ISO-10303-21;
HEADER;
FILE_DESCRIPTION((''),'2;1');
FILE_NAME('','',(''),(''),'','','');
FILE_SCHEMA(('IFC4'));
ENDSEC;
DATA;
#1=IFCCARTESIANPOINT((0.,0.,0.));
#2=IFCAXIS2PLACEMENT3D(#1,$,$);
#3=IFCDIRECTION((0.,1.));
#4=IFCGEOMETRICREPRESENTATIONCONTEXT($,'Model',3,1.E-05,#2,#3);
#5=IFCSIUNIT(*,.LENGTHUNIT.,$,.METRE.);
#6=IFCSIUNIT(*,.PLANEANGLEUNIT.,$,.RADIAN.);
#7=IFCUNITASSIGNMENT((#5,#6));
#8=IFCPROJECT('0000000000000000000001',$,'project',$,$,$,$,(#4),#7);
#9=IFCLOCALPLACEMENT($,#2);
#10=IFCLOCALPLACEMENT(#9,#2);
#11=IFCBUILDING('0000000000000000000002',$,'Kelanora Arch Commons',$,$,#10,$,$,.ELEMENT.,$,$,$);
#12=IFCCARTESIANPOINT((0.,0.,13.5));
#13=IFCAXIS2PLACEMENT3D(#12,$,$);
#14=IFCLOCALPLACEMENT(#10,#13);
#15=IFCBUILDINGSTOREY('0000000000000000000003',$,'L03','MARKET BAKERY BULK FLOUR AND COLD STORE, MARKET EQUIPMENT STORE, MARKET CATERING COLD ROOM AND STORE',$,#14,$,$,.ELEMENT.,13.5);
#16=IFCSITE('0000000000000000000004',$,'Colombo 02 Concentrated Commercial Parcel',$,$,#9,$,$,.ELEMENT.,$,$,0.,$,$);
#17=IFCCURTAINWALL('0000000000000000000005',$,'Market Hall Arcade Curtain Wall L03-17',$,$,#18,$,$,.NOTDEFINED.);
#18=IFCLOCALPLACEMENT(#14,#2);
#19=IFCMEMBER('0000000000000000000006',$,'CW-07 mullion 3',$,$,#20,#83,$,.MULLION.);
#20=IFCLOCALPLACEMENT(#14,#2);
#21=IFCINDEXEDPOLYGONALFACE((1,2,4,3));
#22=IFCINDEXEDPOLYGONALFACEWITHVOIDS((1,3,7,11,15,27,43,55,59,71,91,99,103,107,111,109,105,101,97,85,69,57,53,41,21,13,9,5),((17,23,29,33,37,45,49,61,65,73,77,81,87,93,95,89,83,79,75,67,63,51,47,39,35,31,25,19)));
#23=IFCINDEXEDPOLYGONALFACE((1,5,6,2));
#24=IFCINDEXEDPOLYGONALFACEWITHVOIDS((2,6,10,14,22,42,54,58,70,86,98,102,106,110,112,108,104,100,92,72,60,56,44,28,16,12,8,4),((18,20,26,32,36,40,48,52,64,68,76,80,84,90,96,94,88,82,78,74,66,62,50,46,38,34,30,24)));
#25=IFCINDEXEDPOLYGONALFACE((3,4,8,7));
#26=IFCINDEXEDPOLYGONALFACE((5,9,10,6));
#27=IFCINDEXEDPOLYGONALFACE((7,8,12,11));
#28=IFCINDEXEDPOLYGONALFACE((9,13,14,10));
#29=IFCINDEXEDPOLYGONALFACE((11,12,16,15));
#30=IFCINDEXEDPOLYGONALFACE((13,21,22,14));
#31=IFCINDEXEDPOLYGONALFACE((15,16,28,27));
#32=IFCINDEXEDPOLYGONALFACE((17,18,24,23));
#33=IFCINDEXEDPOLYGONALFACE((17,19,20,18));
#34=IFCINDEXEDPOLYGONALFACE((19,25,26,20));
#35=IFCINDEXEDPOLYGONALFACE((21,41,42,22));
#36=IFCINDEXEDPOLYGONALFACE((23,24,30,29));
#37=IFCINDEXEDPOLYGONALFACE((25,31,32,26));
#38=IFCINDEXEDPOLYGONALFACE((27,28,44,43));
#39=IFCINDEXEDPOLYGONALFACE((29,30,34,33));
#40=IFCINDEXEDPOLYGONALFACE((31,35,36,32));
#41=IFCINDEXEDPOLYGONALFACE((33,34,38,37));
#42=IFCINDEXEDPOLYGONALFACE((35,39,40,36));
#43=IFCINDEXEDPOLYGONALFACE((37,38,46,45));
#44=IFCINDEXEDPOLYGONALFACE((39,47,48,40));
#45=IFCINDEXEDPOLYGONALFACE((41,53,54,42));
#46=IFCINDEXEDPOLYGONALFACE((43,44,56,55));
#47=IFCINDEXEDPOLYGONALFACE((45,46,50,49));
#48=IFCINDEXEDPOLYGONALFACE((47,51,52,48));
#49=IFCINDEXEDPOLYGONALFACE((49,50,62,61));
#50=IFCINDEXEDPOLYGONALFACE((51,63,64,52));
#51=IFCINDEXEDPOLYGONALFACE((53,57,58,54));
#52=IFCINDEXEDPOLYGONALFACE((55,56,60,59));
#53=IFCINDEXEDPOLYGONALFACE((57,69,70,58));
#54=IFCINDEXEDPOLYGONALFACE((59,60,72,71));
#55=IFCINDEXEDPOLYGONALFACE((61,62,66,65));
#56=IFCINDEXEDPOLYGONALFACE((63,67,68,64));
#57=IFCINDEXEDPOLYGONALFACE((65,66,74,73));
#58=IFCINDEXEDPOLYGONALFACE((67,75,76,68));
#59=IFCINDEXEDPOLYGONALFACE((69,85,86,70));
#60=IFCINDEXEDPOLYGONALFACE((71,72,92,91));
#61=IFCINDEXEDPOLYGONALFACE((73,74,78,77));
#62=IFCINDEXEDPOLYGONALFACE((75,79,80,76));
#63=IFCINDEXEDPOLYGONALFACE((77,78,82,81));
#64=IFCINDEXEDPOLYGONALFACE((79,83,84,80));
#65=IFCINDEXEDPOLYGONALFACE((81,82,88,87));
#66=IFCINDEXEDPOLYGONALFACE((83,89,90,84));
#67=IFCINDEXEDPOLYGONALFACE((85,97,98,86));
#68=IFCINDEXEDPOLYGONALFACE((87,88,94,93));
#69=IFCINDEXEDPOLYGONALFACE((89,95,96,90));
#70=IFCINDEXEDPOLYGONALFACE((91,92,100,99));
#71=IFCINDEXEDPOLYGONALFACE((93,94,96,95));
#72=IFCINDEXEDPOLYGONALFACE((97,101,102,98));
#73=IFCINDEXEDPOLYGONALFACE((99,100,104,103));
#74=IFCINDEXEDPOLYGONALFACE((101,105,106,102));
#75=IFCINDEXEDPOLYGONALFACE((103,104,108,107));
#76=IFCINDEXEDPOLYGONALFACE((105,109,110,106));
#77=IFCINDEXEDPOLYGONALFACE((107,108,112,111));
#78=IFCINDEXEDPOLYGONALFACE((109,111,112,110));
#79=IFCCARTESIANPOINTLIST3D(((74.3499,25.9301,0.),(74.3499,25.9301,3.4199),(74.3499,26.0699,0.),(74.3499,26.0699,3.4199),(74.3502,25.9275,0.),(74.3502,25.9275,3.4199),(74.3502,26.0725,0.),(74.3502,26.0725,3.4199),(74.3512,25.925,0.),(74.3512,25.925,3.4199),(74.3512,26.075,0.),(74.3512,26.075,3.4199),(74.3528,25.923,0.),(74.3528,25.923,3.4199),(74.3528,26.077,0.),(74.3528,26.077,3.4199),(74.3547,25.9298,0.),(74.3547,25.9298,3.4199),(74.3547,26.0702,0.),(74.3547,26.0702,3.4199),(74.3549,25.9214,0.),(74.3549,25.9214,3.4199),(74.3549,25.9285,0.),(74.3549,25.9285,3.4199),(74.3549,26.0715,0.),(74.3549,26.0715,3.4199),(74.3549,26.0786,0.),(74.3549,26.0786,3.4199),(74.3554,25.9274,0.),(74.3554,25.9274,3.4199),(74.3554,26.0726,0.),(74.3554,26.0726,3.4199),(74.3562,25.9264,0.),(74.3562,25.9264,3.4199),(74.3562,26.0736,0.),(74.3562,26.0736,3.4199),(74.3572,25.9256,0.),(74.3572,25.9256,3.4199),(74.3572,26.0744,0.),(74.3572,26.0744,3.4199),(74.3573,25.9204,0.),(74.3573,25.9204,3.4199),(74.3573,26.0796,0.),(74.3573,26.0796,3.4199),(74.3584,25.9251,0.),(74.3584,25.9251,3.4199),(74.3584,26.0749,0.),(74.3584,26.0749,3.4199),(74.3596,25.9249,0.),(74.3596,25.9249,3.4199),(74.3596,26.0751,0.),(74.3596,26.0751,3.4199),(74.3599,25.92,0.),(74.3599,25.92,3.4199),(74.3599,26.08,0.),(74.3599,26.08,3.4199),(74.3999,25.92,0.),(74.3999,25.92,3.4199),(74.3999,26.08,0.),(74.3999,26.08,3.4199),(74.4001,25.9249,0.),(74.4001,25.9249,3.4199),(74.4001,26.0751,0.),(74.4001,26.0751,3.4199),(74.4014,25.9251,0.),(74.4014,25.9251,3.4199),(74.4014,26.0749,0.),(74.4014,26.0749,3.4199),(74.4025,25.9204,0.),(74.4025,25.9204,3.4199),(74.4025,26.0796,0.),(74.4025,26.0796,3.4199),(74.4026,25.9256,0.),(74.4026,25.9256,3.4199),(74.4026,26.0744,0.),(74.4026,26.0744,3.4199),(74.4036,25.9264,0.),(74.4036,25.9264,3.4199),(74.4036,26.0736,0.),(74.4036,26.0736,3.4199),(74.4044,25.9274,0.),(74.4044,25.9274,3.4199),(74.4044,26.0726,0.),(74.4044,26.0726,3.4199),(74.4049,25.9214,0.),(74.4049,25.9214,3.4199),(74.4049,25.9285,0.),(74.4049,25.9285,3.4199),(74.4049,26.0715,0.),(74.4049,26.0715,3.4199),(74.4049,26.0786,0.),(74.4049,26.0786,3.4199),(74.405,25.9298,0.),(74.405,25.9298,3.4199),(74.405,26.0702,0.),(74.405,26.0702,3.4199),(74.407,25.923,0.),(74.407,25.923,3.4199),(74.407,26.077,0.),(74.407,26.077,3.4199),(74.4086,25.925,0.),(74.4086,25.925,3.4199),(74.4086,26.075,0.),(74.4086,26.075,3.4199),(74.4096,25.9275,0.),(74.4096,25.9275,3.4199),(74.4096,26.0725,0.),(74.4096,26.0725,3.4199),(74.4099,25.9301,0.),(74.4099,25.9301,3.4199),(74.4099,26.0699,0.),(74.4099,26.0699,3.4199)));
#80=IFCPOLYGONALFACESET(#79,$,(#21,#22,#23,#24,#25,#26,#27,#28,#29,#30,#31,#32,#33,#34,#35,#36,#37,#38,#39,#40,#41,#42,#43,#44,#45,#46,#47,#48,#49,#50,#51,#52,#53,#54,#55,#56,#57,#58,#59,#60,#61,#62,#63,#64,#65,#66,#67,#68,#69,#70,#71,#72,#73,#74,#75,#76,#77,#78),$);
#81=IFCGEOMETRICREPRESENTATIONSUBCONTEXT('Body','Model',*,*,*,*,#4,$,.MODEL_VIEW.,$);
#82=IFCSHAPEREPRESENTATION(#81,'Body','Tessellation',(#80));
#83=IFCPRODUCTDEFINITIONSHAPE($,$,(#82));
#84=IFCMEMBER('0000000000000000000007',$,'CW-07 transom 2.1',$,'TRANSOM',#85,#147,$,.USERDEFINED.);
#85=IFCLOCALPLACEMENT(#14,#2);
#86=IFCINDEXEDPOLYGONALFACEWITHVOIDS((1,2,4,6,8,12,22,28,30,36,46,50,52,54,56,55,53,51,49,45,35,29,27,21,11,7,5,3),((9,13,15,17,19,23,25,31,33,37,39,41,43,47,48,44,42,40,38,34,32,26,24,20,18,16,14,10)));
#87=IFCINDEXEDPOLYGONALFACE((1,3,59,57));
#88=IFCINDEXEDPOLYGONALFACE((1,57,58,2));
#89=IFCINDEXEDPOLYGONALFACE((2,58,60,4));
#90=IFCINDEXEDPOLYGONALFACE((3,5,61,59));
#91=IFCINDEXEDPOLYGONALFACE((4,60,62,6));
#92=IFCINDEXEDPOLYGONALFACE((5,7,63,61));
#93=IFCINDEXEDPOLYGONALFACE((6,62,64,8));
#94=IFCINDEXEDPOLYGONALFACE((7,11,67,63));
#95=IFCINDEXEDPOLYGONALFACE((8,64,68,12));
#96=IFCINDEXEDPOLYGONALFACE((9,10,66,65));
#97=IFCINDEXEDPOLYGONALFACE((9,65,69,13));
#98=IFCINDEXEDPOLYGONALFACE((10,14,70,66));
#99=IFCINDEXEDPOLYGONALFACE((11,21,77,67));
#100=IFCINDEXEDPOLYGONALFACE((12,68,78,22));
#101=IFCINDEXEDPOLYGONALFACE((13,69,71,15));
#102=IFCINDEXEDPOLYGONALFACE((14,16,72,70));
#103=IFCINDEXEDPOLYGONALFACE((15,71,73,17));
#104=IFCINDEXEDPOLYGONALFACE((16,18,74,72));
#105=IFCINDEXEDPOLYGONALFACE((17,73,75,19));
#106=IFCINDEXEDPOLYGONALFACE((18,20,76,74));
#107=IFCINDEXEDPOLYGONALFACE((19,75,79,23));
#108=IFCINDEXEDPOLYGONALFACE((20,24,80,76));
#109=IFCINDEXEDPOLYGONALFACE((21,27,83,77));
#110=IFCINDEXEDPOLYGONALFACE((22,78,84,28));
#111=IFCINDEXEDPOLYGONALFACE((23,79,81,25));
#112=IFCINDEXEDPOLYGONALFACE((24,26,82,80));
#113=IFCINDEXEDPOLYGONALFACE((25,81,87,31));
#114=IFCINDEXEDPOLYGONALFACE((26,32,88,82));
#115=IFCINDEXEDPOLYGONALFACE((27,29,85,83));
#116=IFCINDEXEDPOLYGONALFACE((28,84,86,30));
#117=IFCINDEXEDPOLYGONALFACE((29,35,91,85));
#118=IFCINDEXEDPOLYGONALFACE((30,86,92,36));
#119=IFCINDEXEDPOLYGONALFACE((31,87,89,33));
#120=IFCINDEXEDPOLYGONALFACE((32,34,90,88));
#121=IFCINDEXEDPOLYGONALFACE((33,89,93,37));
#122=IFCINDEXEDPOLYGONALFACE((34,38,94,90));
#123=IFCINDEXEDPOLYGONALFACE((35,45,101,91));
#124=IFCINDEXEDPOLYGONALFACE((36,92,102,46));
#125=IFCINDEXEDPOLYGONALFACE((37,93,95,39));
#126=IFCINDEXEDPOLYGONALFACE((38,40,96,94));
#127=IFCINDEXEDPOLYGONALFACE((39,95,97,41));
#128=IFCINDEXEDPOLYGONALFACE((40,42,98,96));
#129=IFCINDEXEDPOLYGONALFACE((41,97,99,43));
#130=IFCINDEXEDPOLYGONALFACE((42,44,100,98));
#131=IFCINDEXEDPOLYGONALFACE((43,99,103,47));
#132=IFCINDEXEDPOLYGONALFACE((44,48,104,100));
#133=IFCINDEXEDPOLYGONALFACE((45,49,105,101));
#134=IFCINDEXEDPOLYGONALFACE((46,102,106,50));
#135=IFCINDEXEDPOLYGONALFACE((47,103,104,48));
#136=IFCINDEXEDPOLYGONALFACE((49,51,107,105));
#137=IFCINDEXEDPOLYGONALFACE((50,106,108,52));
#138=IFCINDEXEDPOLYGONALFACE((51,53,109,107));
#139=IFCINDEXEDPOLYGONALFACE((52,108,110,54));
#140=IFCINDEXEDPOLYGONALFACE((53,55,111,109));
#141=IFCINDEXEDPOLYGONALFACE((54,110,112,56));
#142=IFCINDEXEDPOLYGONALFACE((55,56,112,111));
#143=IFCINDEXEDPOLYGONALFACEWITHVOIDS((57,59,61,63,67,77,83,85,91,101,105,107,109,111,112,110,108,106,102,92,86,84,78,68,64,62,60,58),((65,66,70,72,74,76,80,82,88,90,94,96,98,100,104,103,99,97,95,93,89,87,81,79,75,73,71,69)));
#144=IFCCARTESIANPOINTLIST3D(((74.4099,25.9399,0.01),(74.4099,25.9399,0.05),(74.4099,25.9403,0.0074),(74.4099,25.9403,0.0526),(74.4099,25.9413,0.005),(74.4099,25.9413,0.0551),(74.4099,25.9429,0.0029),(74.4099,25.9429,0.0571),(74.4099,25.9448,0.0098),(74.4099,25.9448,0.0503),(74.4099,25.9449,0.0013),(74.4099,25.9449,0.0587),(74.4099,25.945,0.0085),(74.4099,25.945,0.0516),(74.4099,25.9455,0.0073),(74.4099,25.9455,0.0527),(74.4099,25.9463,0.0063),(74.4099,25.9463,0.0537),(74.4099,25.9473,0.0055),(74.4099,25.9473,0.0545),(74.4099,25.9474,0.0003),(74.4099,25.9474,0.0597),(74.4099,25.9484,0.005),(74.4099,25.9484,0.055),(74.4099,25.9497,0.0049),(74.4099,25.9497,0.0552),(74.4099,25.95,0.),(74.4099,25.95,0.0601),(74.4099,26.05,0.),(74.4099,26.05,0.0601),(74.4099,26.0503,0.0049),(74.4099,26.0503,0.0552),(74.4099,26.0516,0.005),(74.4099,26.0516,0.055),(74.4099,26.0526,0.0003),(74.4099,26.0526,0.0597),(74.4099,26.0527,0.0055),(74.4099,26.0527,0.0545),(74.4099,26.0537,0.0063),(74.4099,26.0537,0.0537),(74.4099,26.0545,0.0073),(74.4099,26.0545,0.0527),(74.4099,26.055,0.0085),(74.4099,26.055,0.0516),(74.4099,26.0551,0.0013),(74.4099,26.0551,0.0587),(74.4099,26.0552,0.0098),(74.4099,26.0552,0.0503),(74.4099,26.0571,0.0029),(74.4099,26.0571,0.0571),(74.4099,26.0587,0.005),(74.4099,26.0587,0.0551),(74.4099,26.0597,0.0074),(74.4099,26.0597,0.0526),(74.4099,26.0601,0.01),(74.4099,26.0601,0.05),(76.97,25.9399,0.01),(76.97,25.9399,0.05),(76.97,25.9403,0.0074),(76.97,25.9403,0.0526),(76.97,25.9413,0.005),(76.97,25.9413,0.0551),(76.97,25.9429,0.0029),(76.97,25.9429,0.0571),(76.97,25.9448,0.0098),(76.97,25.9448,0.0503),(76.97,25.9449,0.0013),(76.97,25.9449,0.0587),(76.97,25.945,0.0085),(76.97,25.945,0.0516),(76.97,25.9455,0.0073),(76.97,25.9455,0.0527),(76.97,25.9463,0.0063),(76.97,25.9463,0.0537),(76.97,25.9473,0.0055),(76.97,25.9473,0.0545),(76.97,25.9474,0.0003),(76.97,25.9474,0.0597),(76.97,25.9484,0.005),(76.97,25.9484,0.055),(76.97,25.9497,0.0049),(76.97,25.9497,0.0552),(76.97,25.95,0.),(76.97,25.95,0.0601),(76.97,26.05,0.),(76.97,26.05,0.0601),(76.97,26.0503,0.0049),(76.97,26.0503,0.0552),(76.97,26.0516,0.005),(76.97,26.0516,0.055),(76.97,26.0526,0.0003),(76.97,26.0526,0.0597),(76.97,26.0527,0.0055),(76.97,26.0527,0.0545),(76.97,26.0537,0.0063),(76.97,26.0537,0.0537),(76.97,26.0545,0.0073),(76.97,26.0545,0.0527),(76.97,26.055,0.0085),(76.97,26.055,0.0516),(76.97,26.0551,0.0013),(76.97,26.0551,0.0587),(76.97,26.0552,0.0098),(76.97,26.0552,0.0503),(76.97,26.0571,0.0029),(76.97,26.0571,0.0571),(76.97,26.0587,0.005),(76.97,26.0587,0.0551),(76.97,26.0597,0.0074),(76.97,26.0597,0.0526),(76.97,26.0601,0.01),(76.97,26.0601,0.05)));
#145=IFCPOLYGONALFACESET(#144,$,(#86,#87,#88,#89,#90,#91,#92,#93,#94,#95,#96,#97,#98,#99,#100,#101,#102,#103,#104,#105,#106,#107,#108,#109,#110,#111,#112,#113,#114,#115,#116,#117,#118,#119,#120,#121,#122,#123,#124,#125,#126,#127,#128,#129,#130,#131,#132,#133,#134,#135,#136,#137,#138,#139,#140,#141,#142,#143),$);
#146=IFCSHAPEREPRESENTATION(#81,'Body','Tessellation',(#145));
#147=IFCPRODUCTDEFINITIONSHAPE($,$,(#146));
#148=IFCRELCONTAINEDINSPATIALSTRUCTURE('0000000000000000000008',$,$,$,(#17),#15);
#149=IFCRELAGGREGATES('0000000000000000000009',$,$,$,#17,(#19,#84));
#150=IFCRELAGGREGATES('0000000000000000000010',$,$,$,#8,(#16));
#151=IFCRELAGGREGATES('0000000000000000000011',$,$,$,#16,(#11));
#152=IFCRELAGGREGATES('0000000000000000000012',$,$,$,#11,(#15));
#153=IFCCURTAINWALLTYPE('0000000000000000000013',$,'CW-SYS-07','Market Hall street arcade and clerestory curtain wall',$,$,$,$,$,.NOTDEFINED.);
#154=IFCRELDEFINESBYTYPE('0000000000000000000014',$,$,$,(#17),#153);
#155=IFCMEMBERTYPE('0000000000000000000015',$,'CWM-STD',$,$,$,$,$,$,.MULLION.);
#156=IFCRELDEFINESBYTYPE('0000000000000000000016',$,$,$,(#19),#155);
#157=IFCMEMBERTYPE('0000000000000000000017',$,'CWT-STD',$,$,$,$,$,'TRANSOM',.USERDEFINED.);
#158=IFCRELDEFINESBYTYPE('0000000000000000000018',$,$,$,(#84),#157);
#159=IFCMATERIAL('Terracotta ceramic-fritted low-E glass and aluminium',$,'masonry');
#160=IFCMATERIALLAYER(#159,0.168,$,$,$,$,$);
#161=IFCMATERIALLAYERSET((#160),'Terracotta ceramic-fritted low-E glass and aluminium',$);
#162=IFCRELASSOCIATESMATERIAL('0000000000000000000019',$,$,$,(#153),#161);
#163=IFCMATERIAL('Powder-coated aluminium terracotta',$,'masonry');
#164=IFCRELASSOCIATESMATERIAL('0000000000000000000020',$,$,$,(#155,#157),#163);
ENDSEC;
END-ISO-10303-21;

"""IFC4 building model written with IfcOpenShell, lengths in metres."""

from ifc_helpers import new_model, si_unit, direction, frame, origin, origin_2d, place, context, subcontext, project, spatial, hollow_rectangle, extrude, material, layer, layer_set, material_profile, profile_set, type_object, element, aggregate, save


model = new_model("IFC4")

# Units and contexts
model_context = context("Model", 3, precision=1e-05, world=origin(), true_north=direction((0.0, 1.0)))
body_context = subcontext(model_context, "Body", "Model", "MODEL_VIEW")
ifc_project = project(units=[si_unit("LENGTHUNIT", "METRE"), si_unit("PLANEANGLEUNIT", "RADIAN")], contexts=[model_context])

# Site, building, storey
site_placement = place(None, origin())
site = spatial("IfcSite", under=ifc_project, at=site_placement, Name="Colombo 02 Concentrated Commercial Parcel", CompositionType="ELEMENT", RefElevation=0.0)
building_placement = place(site_placement, origin())
building = spatial("IfcBuilding", under=site, at=building_placement, Name="Kelanora Arch Commons", CompositionType="ELEMENT")
storey_placement = place(building_placement, frame((0.0, 0.0, 13.5)))
storey = spatial("IfcBuildingStorey", under=building, at=storey_placement, Name="L03", Description="MARKET BAKERY BULK FLOUR AND COLD STORE, MARKET EQUIPMENT STORE, MARKET CATERING COLD ROOM AND STORE", CompositionType="ELEMENT", Elevation=13.5)

# Curtain wall, members
ifc_material_1 = material(Name="Terracotta ceramic-fritted low-E glass and aluminium", Category="masonry")
ifc_layer_1 = layer(ifc_material_1, 0.168)
ifc_layer_set_1 = layer_set([ifc_layer_1], Name="Terracotta ceramic-fritted low-E glass and aluminium")
curtain_wall_type = type_object("IfcCurtainWallType", Name="CW-SYS-07", Description="Market Hall street arcade and clerestory curtain wall", PredefinedType="NOTDEFINED", material=ifc_layer_set_1)
curtain_wall_placement = place(storey_placement, origin())
curtain_wall = element("IfcCurtainWall", 1, at=curtain_wall_placement, inside=storey, type_object=curtain_wall_type, Name="Market Hall Arcade Curtain Wall L03-17", PredefinedType="NOTDEFINED")
ifc_material_2 = material(Name="Powder-coated aluminium terracotta", Category="masonry")
ifc_material_profile_1 = material_profile(ifc_material_2, hollow_rectangle(XDim=0.1599, YDim=0.0601, WallThickness=0.0049, InnerFilletRadius=0.0049, OuterFilletRadius=0.01, at=origin_2d()), Name="CWM160x60")
ifc_profile_set_1 = profile_set([ifc_material_profile_1], Name="Powder-coated aluminium terracotta")
member_type_1 = type_object("IfcMemberType", Name="CWM-STD", PredefinedType="MULLION", material=ifc_profile_set_1)
member_1_placement = place(storey_placement, frame((74.3799, 26.0, 0.0), z_axis=(0.0, 0.0, 1.0), x_axis=(0.0, -1.0, 0.0)))
member_1 = element("IfcMember", 2, at=member_1_placement, type_object=member_type_1, Name="CW-07 mullion 3", PredefinedType="MULLION", context=body_context, shape_type="SweptSolid", body=[
    extrude(hollow_rectangle(XDim=0.1599, YDim=0.0601, WallThickness=0.0049, InnerFilletRadius=0.0049, OuterFilletRadius=0.01, at=origin_2d()), origin(), (0.0, 0.0, 1.0), 3.4199),
])
ifc_material_profile_2 = material_profile(ifc_material_2, hollow_rectangle(XDim=0.1201, YDim=0.0601, WallThickness=0.0049, InnerFilletRadius=0.0049, OuterFilletRadius=0.01, at=origin_2d()), Name="CWT120x60")
ifc_profile_set_2 = profile_set([ifc_material_profile_2], Name="Powder-coated aluminium terracotta")
member_type_2 = type_object("IfcMemberType", Name="CWT-STD", ElementType="TRANSOM", PredefinedType="USERDEFINED", material=ifc_profile_set_2)
member_2_placement = place(storey_placement, frame((76.97, 26.0, 0.03), z_axis=(-1.0, 0.0, 0.0), x_axis=(0.0, -1.0, 0.0)))
member_2 = element("IfcMember", 3, at=member_2_placement, type_object=member_type_2, Name="CW-07 transom 2.1", ObjectType="TRANSOM", PredefinedType="USERDEFINED", context=body_context, shape_type="SweptSolid", body=[
    extrude(hollow_rectangle(XDim=0.1201, YDim=0.0601, WallThickness=0.0049, InnerFilletRadius=0.0049, OuterFilletRadius=0.01, at=origin_2d()), origin(), (0.0, 0.0, 1.0), 2.5601),
])
aggregate(curtain_wall, [member_1, member_2])

save(model, "model.ifc")
